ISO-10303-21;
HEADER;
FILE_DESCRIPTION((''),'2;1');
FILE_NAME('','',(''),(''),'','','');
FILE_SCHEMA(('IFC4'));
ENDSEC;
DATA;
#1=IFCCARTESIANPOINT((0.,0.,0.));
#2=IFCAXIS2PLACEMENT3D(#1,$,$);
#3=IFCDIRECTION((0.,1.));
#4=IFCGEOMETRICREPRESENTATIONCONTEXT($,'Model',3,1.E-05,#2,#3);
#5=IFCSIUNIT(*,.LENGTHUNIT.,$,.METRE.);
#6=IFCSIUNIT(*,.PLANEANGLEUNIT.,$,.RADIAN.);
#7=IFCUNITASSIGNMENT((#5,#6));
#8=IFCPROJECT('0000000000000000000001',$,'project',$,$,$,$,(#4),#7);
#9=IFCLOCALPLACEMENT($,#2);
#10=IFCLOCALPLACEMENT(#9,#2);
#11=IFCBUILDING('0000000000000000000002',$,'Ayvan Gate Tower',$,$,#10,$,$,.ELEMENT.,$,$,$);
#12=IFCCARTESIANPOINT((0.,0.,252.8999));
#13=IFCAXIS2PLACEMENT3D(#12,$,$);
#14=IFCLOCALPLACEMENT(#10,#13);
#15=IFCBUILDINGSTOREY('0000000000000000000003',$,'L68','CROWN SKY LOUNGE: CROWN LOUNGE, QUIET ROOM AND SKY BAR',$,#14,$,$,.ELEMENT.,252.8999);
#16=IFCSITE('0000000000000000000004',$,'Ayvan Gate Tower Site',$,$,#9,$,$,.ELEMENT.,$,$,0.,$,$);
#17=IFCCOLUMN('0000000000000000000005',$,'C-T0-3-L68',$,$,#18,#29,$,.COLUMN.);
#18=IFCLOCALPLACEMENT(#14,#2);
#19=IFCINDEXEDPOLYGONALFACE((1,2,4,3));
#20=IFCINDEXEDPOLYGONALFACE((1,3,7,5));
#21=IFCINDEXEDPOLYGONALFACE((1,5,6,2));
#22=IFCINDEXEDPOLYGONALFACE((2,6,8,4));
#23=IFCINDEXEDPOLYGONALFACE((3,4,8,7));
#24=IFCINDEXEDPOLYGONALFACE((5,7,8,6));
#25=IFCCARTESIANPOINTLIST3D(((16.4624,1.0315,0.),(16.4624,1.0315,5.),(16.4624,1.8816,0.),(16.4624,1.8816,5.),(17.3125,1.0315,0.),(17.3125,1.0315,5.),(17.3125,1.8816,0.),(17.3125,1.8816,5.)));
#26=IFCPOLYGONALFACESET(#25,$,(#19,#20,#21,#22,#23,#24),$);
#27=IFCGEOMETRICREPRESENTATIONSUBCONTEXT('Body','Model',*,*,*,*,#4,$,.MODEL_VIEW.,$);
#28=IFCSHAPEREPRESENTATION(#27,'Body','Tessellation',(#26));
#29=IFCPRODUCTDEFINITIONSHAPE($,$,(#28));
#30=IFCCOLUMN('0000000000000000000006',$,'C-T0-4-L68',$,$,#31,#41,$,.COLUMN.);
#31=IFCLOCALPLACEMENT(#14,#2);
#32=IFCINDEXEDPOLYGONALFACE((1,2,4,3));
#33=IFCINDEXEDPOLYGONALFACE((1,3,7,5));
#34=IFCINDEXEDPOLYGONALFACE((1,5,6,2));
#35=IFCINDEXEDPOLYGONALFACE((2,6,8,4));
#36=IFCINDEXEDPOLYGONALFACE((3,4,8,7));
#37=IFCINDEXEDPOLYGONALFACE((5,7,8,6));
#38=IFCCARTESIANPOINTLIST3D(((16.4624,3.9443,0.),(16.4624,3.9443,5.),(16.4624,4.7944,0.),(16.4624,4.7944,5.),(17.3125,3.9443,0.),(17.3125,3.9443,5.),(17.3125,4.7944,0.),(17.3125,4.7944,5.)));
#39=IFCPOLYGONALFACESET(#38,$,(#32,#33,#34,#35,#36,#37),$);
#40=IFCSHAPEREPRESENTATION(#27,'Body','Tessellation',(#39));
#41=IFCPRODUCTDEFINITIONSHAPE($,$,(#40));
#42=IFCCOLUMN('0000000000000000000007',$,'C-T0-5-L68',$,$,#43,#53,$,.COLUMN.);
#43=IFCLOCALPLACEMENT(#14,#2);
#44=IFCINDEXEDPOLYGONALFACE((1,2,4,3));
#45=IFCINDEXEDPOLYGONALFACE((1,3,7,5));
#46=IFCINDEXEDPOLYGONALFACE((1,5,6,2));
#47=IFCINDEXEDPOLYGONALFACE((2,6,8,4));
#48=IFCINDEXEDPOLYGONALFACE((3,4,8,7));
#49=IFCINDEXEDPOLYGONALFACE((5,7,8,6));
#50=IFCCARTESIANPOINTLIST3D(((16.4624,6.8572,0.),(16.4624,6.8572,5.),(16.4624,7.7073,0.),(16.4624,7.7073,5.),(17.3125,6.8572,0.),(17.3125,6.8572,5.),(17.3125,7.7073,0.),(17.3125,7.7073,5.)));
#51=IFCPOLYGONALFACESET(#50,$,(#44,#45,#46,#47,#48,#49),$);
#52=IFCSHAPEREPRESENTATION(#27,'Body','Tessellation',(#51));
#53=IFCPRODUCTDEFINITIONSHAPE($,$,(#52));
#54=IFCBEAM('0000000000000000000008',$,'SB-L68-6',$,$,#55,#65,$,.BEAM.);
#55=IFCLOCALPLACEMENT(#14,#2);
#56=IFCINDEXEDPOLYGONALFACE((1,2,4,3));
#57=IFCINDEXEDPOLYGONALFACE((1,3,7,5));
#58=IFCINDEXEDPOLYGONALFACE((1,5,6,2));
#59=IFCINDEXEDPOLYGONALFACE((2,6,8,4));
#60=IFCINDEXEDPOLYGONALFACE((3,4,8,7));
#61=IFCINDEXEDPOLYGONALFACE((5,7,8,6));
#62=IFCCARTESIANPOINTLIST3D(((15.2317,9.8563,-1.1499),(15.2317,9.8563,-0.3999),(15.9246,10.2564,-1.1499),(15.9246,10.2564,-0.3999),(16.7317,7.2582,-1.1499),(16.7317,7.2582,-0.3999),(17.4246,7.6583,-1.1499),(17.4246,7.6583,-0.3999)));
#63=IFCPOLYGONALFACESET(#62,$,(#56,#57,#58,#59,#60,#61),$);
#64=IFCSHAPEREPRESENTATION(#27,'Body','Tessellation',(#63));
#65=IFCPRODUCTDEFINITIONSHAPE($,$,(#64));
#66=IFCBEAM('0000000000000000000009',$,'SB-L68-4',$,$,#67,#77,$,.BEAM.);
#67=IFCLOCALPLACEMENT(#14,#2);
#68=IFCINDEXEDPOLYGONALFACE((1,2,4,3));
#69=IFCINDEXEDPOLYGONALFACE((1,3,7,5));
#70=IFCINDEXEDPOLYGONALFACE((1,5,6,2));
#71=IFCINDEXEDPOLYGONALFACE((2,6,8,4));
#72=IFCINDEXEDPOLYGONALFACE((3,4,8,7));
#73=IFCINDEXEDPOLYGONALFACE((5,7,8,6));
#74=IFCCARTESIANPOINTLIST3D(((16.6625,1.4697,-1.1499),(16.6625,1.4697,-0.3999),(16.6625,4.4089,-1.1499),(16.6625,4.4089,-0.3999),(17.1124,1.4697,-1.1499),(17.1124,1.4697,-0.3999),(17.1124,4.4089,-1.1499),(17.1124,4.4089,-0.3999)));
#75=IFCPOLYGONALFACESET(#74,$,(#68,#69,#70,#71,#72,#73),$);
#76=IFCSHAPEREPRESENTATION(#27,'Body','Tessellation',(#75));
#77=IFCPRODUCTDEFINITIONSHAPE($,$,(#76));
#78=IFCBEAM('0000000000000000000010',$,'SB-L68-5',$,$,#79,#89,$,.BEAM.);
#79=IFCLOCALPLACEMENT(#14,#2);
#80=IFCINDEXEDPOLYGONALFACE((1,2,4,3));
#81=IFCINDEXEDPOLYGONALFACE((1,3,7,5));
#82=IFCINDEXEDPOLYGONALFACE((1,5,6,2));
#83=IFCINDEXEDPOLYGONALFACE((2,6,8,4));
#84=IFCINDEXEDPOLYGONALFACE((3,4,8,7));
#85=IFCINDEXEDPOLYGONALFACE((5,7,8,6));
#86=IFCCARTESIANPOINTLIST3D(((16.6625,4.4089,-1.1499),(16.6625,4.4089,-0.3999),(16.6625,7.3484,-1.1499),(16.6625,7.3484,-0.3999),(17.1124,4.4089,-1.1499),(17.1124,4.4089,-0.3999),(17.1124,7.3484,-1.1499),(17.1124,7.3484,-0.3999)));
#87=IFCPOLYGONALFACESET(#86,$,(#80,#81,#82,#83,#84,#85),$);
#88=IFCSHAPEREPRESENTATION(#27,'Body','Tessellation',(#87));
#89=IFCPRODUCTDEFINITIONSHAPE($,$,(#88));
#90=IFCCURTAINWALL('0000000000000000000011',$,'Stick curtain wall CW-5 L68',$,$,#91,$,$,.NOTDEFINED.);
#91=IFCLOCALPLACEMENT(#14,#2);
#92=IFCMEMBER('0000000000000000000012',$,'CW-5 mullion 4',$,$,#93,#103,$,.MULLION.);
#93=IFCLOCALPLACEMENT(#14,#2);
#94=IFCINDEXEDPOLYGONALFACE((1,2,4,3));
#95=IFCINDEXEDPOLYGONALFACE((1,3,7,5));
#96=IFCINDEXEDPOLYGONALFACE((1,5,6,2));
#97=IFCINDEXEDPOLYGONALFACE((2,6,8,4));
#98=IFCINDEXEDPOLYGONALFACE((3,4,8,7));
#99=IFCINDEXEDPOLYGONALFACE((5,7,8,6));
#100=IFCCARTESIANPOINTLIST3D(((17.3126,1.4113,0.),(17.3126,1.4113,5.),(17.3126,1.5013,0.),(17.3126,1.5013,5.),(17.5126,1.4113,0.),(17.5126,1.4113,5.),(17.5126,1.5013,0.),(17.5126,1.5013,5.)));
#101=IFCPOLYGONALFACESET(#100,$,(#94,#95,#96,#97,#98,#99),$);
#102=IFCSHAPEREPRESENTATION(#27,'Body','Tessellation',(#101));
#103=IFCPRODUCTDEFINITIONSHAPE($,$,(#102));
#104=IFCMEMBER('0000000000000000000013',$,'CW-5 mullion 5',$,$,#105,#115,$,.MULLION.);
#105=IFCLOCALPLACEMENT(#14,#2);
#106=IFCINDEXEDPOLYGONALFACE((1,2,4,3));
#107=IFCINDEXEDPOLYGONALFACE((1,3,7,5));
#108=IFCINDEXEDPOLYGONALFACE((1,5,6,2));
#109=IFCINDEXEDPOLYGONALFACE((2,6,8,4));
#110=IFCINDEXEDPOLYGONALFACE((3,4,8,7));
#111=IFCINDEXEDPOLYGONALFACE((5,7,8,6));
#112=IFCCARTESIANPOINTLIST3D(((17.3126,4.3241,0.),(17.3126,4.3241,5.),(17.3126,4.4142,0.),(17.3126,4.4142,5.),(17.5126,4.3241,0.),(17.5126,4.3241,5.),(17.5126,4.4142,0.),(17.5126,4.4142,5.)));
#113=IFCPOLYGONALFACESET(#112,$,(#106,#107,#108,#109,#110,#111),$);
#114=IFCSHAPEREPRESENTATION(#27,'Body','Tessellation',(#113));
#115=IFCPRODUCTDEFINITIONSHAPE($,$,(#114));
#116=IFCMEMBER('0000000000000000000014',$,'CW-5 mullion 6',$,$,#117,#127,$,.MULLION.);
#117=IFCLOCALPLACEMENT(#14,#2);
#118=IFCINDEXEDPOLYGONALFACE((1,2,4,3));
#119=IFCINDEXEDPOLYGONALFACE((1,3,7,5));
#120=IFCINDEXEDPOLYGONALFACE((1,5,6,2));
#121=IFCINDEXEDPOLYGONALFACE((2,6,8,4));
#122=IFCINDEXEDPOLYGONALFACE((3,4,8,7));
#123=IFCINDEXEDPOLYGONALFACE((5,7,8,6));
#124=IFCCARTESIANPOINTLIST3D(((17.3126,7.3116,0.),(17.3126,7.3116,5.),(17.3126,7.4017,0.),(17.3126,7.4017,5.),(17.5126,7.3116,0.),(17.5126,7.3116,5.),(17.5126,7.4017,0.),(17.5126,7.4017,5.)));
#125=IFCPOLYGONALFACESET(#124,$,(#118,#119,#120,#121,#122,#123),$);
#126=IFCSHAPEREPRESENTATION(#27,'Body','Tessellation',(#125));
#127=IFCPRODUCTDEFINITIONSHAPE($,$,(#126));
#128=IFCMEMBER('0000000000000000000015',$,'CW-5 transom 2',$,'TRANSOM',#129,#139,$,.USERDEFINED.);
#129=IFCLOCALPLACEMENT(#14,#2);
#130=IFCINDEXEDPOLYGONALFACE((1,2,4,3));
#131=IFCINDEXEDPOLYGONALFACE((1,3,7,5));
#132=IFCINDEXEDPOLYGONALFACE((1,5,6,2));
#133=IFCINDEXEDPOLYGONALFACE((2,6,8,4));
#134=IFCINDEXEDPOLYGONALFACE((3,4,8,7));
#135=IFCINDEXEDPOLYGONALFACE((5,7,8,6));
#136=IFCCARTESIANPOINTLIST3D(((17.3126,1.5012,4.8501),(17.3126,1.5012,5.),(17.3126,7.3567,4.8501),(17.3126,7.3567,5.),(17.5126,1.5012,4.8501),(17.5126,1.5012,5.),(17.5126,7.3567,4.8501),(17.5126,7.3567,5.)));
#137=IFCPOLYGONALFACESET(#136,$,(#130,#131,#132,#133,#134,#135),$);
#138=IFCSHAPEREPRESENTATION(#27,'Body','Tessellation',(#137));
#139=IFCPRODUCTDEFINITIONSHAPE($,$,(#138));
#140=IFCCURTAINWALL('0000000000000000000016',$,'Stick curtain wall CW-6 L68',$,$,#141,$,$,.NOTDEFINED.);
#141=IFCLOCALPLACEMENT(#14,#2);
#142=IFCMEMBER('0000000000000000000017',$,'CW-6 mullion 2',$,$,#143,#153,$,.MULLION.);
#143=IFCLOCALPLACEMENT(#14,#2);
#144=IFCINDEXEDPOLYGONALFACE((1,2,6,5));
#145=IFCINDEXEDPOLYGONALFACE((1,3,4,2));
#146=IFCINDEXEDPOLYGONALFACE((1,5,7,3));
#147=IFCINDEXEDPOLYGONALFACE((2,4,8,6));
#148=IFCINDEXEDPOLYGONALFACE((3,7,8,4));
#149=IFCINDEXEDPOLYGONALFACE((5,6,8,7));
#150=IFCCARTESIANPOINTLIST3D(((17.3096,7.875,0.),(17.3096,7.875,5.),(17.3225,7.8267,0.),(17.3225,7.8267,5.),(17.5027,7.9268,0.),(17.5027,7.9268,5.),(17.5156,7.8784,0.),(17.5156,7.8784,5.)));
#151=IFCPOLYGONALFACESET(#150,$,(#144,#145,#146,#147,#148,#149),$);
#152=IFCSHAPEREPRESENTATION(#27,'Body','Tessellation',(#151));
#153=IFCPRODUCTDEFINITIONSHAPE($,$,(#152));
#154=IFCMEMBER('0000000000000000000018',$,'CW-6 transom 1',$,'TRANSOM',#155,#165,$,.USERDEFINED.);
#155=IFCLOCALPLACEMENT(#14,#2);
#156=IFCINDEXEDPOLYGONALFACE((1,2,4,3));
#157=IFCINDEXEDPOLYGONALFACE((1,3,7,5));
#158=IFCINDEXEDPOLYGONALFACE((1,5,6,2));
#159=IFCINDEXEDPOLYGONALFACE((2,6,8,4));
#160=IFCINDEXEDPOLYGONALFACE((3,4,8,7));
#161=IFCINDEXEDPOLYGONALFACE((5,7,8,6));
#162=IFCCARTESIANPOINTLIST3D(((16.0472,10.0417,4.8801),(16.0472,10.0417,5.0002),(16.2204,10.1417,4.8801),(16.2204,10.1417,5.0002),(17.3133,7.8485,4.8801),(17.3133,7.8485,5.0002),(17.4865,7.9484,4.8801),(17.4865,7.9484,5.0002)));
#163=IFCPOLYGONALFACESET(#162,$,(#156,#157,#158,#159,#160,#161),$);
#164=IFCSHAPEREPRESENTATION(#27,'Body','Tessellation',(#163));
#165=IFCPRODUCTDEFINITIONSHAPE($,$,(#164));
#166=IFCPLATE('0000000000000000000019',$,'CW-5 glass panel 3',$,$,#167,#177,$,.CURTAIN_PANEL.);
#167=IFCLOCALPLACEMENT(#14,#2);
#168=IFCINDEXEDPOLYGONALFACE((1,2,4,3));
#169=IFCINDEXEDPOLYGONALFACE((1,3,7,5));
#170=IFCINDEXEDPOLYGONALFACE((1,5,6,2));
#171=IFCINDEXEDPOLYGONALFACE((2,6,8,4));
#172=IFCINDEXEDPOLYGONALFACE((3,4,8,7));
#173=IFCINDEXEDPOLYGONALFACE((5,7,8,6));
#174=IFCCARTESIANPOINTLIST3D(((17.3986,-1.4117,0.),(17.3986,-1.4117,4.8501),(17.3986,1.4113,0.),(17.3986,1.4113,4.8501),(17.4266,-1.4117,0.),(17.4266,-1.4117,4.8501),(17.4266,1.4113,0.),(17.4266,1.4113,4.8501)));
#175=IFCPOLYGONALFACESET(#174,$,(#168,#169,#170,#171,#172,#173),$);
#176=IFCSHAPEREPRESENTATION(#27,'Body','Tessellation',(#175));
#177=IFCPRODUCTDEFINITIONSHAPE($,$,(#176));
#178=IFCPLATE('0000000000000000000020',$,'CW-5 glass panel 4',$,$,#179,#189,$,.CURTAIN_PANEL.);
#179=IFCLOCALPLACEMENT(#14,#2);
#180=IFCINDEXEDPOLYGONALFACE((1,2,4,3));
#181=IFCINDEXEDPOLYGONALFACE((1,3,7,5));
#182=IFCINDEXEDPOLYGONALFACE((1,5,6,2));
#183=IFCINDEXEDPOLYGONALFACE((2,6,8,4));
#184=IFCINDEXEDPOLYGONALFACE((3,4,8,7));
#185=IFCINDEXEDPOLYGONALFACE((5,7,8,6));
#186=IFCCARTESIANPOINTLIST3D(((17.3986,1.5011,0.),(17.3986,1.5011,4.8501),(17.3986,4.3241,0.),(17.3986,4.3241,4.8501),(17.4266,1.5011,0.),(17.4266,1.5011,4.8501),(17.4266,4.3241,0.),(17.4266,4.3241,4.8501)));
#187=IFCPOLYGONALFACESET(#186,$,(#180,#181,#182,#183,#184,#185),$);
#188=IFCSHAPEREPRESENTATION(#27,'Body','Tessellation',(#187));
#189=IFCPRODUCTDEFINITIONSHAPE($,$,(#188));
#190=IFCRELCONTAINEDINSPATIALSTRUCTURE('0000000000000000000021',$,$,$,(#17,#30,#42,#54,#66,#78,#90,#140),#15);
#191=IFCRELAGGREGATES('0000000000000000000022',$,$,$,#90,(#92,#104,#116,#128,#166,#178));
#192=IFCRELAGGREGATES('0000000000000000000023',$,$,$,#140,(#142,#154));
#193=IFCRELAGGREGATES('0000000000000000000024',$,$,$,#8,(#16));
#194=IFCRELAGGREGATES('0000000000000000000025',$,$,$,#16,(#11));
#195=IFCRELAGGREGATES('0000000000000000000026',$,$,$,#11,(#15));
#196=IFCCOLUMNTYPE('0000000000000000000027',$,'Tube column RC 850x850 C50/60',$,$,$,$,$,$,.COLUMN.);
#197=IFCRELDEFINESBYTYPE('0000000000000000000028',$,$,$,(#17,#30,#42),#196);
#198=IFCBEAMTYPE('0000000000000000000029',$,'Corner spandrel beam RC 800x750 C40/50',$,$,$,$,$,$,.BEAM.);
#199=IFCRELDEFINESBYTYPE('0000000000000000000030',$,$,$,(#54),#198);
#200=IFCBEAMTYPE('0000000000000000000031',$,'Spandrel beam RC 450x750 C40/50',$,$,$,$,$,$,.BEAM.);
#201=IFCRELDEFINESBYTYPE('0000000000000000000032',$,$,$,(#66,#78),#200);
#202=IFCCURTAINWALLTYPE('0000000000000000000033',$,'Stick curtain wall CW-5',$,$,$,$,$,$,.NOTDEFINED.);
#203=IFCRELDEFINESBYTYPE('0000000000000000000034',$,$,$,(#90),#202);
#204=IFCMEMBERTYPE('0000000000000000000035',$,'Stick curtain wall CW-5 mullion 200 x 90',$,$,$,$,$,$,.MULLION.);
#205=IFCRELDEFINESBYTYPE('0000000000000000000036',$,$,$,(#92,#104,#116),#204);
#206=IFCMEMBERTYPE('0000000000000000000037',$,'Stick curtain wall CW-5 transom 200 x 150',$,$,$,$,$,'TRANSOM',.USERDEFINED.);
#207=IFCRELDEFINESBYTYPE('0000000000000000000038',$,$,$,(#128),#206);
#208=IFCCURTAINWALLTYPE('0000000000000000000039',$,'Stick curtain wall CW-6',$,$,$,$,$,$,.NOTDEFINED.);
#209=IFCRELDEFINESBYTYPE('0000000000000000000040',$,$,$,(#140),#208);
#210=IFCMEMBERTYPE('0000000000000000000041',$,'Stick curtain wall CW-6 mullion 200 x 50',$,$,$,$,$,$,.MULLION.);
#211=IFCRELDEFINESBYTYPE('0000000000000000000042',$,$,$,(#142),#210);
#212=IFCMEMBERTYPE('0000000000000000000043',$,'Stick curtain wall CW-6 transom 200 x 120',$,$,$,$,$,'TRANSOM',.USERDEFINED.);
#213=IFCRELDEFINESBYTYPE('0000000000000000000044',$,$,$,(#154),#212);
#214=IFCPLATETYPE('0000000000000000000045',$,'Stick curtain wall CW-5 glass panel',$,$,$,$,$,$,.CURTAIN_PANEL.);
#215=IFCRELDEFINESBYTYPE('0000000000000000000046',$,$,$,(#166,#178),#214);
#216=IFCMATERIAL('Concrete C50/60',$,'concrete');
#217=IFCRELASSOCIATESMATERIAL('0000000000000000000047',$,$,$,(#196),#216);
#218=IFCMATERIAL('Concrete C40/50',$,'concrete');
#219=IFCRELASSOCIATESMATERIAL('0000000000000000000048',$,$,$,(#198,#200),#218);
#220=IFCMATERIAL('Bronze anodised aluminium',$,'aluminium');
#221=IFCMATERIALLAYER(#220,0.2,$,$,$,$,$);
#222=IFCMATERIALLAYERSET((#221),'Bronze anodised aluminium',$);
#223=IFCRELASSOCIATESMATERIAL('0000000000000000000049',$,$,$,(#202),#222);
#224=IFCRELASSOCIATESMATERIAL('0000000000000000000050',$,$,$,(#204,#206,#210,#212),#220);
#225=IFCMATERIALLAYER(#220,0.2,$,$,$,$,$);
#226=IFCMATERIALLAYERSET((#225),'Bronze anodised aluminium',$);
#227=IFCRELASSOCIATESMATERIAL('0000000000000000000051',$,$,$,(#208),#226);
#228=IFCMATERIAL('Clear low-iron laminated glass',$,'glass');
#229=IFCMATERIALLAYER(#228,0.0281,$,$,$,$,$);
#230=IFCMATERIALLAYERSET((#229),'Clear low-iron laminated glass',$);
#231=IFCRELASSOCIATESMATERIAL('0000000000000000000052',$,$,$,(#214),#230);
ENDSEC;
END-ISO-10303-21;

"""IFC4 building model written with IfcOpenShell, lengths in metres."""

from ifc_helpers import new_model, si_unit, direction, frame, origin, origin_2d, place, context, subcontext, project, spatial, rectangle, extrude, material, layer, layer_set, material_profile, profile_set, type_object, element, aggregate, save


model = new_model("IFC4")

# Units and contexts
model_context = context("Model", 3, precision=1e-05, world=origin(), true_north=direction((0.0, 1.0)))
body_context = subcontext(model_context, "Body", "Model", "MODEL_VIEW")
ifc_project = project(units=[si_unit("LENGTHUNIT", "METRE"), si_unit("PLANEANGLEUNIT", "RADIAN")], contexts=[model_context])

# Site, building, storey
site_placement = place(None, origin())
site = spatial("IfcSite", under=ifc_project, at=site_placement, Name="Ayvan Gate Tower Site", CompositionType="ELEMENT", RefElevation=0.0)
building_placement = place(site_placement, origin())
building = spatial("IfcBuilding", under=site, at=building_placement, Name="Ayvan Gate Tower", CompositionType="ELEMENT")
storey_placement = place(building_placement, frame((0.0, 0.0, 252.8999)))
storey = spatial("IfcBuildingStorey", under=building, at=storey_placement, Name="L68", Description="CROWN SKY LOUNGE: CROWN LOUNGE, QUIET ROOM AND SKY BAR", CompositionType="ELEMENT", Elevation=252.8999)

# Columns
ifc_material_1 = material(Name="Concrete C50/60", Category="concrete")
ifc_material_profile_1 = material_profile(ifc_material_1, rectangle(XDim=0.8501, YDim=0.8501, at=origin_2d()), Name="RC 850x850")
ifc_profile_set_1 = profile_set([ifc_material_profile_1], Name="Concrete C50/60")
column_type = type_object("IfcColumnType", Name="Tube column RC 850x850 C50/60", PredefinedType="COLUMN", material=ifc_profile_set_1)
for number, where, z_axis, x_axis, name in (
    (1, (16.8875, 1.4565, 0.0), (0.0, 0.0, 1.0), (1.0, 0.0, 0.0), "C-T0-3-L68"),
    (2, (16.8875, 4.3694, 0.0), (0.0, 0.0, 1.0), (1.0, 0.0, 0.0), "C-T0-4-L68"),
    (3, (16.8875, 7.2822, 0.0), (0.0, 0.0, 1.0), (1.0, 0.0, 0.0), "C-T0-5-L68"),
):
    element("IfcColumn", number, at=place(storey_placement, frame(where, z_axis=z_axis, x_axis=x_axis)), inside=storey, type_object=column_type, Name=name, PredefinedType="COLUMN", context=body_context, shape_type="SweptSolid", body=[
        extrude(rectangle(XDim=0.8501, YDim=0.8501, at=origin_2d()), origin(), (0.0, 0.0, 1.0), 5.0),
    ])

# Beams
ifc_material_2 = material(Name="Concrete C40/50", Category="concrete")
ifc_material_profile_2 = material_profile(ifc_material_2, rectangle(XDim=0.8, YDim=0.75, at=origin_2d()), Name="RC 800x750")
ifc_profile_set_2 = profile_set([ifc_material_profile_2], Name="Concrete C40/50")
beam_type_1 = type_object("IfcBeamType", Name="Corner spandrel beam RC 800x750 C40/50", PredefinedType="BEAM", material=ifc_profile_set_2)
beam_1_placement = place(storey_placement, frame((17.0781, 7.4583, -0.7749), z_axis=(-0.49999, 0.866031, 0.0), x_axis=(-0.866031, -0.49999, 0.0)))
element("IfcBeam", 4, at=beam_1_placement, inside=storey, type_object=beam_type_1, Name="SB-L68-6", PredefinedType="BEAM", context=body_context, shape_type="SweptSolid", body=[
    extrude(rectangle(XDim=0.8, YDim=0.75, at=origin_2d()), origin(), (0.0, 0.0, 1.0), 3.0),
])
ifc_material_profile_3 = material_profile(ifc_material_2, rectangle(XDim=0.45, YDim=0.75, at=origin_2d()), Name="RC 450x750")
ifc_profile_set_3 = profile_set([ifc_material_profile_3], Name="Concrete C40/50")
beam_type_2 = type_object("IfcBeamType", Name="Spandrel beam RC 450x750 C40/50", PredefinedType="BEAM", material=ifc_profile_set_3)
beam_2_placement = place(storey_placement, frame((16.8875, 1.4697, -0.7749), z_axis=(0.0, 1.0, 0.0), x_axis=(-1.0, 0.0, 0.0)))
element("IfcBeam", 5, at=beam_2_placement, inside=storey, type_object=beam_type_2, Name="SB-L68-4", PredefinedType="BEAM", context=body_context, shape_type="SweptSolid", body=[
    extrude(rectangle(XDim=0.45, YDim=0.75, at=origin_2d()), origin(), (0.0, 0.0, 1.0), 2.9392),
])
beam_3_placement = place(storey_placement, frame((16.8875, 4.4089, -0.7749), z_axis=(0.0, 1.0, 0.0), x_axis=(-1.0, 0.0, 0.0)))
element("IfcBeam", 6, at=beam_3_placement, inside=storey, type_object=beam_type_2, Name="SB-L68-5", PredefinedType="BEAM", context=body_context, shape_type="SweptSolid", body=[
    extrude(rectangle(XDim=0.45, YDim=0.75, at=origin_2d()), origin(), (0.0, 0.0, 1.0), 2.9395),
])

# Curtain walls, members
ifc_material_3 = material(Name="Bronze anodised aluminium", Category="aluminium")
ifc_layer_1 = layer(ifc_material_3, 0.2)
ifc_layer_set_1 = layer_set([ifc_layer_1], Name="Bronze anodised aluminium")
curtain_wall_type_1 = type_object("IfcCurtainWallType", Name="Stick curtain wall CW-5", PredefinedType="NOTDEFINED", material=ifc_layer_set_1)
curtain_wall_1_placement = place(storey_placement, origin())
curtain_wall_1 = element("IfcCurtainWall", 7, at=curtain_wall_1_placement, inside=storey, type_object=curtain_wall_type_1, Name="Stick curtain wall CW-5 L68", PredefinedType="NOTDEFINED")
ifc_material_profile_4 = material_profile(ifc_material_3, rectangle(XDim=0.2, YDim=0.0901, at=origin_2d()), Name="Stick curtain wall CW-5 mullion 200 x 90")
ifc_profile_set_4 = profile_set([ifc_material_profile_4], Name="Bronze anodised aluminium")
member_type_1 = type_object("IfcMemberType", Name="Stick curtain wall CW-5 mullion 200 x 90", PredefinedType="MULLION", material=ifc_profile_set_4)
member_1_placement = place(storey_placement, frame((17.4126, 1.4563, 0.0), z_axis=(0.0, 0.0, 1.0), x_axis=(1.0, 0.0, 0.0)))
member_1 = element("IfcMember", 8, at=member_1_placement, type_object=member_type_1, Name="CW-5 mullion 4", PredefinedType="MULLION", context=body_context, shape_type="SweptSolid", body=[
    extrude(rectangle(XDim=0.2, YDim=0.0901, at=origin_2d()), origin(), (0.0, 0.0, 1.0), 5.0),
])
member_2_placement = place(storey_placement, frame((17.4126, 4.3691, 0.0), z_axis=(0.0, 0.0, 1.0), x_axis=(1.0, 0.0, 0.0)))
member_2 = element("IfcMember", 9, at=member_2_placement, type_object=member_type_1, Name="CW-5 mullion 5", PredefinedType="MULLION", context=body_context, shape_type="SweptSolid", body=[
    extrude(rectangle(XDim=0.2, YDim=0.0901, at=origin_2d()), origin(), (0.0, 0.0, 1.0), 5.0),
])
member_3_placement = place(storey_placement, frame((17.4126, 7.3567, 0.0), z_axis=(0.0, 0.0, 1.0), x_axis=(1.0, 0.0, 0.0)))
member_3 = element("IfcMember", 10, at=member_3_placement, type_object=member_type_1, Name="CW-5 mullion 6", PredefinedType="MULLION", context=body_context, shape_type="SweptSolid", body=[
    extrude(rectangle(XDim=0.2, YDim=0.0901, at=origin_2d()), origin(), (0.0, 0.0, 1.0), 5.0),
])
ifc_material_profile_5 = material_profile(ifc_material_3, rectangle(XDim=0.2, YDim=0.1499, at=origin_2d()), Name="Stick curtain wall CW-5 transom 200 x 150")
ifc_profile_set_5 = profile_set([ifc_material_profile_5], Name="Bronze anodised aluminium")
member_type_2 = type_object("IfcMemberType", Name="Stick curtain wall CW-5 transom 200 x 150", ElementType="TRANSOM", PredefinedType="USERDEFINED", material=ifc_profile_set_5)
member_4_placement = place(storey_placement, frame((17.4126, 1.5012, 4.925), z_axis=(0.0, 1.0, 0.0), x_axis=(-1.0, 0.0, 0.0)))
member_4 = element("IfcMember", 11, at=member_4_placement, type_object=member_type_2, Name="CW-5 transom 2", ObjectType="TRANSOM", PredefinedType="USERDEFINED", context=body_context, shape_type="SweptSolid", body=[
    extrude(rectangle(XDim=0.2, YDim=0.1499, at=origin_2d()), origin(), (0.0, 0.0, 1.0), 5.8555),
])
ifc_layer_2 = layer(ifc_material_3, 0.2)
ifc_layer_set_2 = layer_set([ifc_layer_2], Name="Bronze anodised aluminium")
curtain_wall_type_2 = type_object("IfcCurtainWallType", Name="Stick curtain wall CW-6", PredefinedType="NOTDEFINED", material=ifc_layer_set_2)
curtain_wall_2_placement = place(storey_placement, origin())
curtain_wall_2 = element("IfcCurtainWall", 12, at=curtain_wall_2_placement, inside=storey, type_object=curtain_wall_type_2, Name="Stick curtain wall CW-6 L68", PredefinedType="NOTDEFINED")
ifc_material_profile_6 = material_profile(ifc_material_3, rectangle(XDim=0.2, YDim=0.05, at=origin_2d()), Name="Stick curtain wall CW-6 mullion 200 x 50")
ifc_profile_set_6 = profile_set([ifc_material_profile_6], Name="Bronze anodised aluminium")
member_type_3 = type_object("IfcMemberType", Name="Stick curtain wall CW-6 mullion 200 x 50", PredefinedType="MULLION", material=ifc_profile_set_6)
member_5_placement = place(storey_placement, frame((17.4126, 7.8767, 0.0), z_axis=(0.0, 0.0, 1.0), x_axis=(0.965926, 0.258819, 0.0)))
member_5 = element("IfcMember", 13, at=member_5_placement, type_object=member_type_3, Name="CW-6 mullion 2", PredefinedType="MULLION", context=body_context, shape_type="SweptSolid", body=[
    extrude(rectangle(XDim=0.2, YDim=0.05, at=origin_2d()), origin(), (0.0, 0.0, 1.0), 5.0),
])
ifc_material_profile_7 = material_profile(ifc_material_3, rectangle(XDim=0.2, YDim=0.1201, at=origin_2d()), Name="Stick curtain wall CW-6 transom 200 x 120")
ifc_profile_set_7 = profile_set([ifc_material_profile_7], Name="Bronze anodised aluminium")
member_type_4 = type_object("IfcMemberType", Name="Stick curtain wall CW-6 transom 200 x 120", ElementType="TRANSOM", PredefinedType="USERDEFINED", material=ifc_profile_set_7)
member_6_placement = place(storey_placement, frame((17.3999, 7.8984, 4.9402), z_axis=(-0.499934, 0.866064, 0.0), x_axis=(-0.866064, -0.499934, 0.0)))
member_6 = element("IfcMember", 14, at=member_6_placement, type_object=member_type_4, Name="CW-6 transom 1", ObjectType="TRANSOM", PredefinedType="USERDEFINED", context=body_context, shape_type="SweptSolid", body=[
    extrude(rectangle(XDim=0.2, YDim=0.1201, at=origin_2d()), origin(), (0.0, 0.0, 1.0), 2.5325),
])

# Plates
ifc_material_4 = material(Name="Clear low-iron laminated glass", Category="glass")
ifc_layer_3 = layer(ifc_material_4, 0.0281)
ifc_layer_set_3 = layer_set([ifc_layer_3], Name="Clear low-iron laminated glass")
plate_type_1 = type_object("IfcPlateType", Name="Stick curtain wall CW-5 glass panel", PredefinedType="CURTAIN_PANEL", material=ifc_layer_set_3)
plate_1_placement = place(storey_placement, frame((17.4126, -0.0002, 0.0), z_axis=(0.0, 0.0, 1.0), x_axis=(0.0, 1.0, 0.0)))
plate_1 = element("IfcPlate", 15, at=plate_1_placement, type_object=plate_type_1, Name="CW-5 glass panel 3", PredefinedType="CURTAIN_PANEL", context=body_context, shape_type="SweptSolid", body=[
    extrude(rectangle(XDim=2.823, YDim=0.0281, at=origin_2d()), origin(), (0.0, 0.0, 1.0), 4.8501),
])
plate_2_placement = place(storey_placement, frame((17.4126, 2.9126, 0.0), z_axis=(0.0, 0.0, 1.0), x_axis=(0.0, 1.0, 0.0)))
plate_2 = element("IfcPlate", 16, at=plate_2_placement, type_object=plate_type_1, Name="CW-5 glass panel 4", PredefinedType="CURTAIN_PANEL", context=body_context, shape_type="SweptSolid", body=[
    extrude(rectangle(XDim=2.823, YDim=0.0281, at=origin_2d()), origin(), (0.0, 0.0, 1.0), 4.8501),
])
aggregate(curtain_wall_1, [member_1, member_2, member_3, member_4, plate_1, plate_2])
aggregate(curtain_wall_2, [member_5, member_6])

save(model, "model.ifc")
